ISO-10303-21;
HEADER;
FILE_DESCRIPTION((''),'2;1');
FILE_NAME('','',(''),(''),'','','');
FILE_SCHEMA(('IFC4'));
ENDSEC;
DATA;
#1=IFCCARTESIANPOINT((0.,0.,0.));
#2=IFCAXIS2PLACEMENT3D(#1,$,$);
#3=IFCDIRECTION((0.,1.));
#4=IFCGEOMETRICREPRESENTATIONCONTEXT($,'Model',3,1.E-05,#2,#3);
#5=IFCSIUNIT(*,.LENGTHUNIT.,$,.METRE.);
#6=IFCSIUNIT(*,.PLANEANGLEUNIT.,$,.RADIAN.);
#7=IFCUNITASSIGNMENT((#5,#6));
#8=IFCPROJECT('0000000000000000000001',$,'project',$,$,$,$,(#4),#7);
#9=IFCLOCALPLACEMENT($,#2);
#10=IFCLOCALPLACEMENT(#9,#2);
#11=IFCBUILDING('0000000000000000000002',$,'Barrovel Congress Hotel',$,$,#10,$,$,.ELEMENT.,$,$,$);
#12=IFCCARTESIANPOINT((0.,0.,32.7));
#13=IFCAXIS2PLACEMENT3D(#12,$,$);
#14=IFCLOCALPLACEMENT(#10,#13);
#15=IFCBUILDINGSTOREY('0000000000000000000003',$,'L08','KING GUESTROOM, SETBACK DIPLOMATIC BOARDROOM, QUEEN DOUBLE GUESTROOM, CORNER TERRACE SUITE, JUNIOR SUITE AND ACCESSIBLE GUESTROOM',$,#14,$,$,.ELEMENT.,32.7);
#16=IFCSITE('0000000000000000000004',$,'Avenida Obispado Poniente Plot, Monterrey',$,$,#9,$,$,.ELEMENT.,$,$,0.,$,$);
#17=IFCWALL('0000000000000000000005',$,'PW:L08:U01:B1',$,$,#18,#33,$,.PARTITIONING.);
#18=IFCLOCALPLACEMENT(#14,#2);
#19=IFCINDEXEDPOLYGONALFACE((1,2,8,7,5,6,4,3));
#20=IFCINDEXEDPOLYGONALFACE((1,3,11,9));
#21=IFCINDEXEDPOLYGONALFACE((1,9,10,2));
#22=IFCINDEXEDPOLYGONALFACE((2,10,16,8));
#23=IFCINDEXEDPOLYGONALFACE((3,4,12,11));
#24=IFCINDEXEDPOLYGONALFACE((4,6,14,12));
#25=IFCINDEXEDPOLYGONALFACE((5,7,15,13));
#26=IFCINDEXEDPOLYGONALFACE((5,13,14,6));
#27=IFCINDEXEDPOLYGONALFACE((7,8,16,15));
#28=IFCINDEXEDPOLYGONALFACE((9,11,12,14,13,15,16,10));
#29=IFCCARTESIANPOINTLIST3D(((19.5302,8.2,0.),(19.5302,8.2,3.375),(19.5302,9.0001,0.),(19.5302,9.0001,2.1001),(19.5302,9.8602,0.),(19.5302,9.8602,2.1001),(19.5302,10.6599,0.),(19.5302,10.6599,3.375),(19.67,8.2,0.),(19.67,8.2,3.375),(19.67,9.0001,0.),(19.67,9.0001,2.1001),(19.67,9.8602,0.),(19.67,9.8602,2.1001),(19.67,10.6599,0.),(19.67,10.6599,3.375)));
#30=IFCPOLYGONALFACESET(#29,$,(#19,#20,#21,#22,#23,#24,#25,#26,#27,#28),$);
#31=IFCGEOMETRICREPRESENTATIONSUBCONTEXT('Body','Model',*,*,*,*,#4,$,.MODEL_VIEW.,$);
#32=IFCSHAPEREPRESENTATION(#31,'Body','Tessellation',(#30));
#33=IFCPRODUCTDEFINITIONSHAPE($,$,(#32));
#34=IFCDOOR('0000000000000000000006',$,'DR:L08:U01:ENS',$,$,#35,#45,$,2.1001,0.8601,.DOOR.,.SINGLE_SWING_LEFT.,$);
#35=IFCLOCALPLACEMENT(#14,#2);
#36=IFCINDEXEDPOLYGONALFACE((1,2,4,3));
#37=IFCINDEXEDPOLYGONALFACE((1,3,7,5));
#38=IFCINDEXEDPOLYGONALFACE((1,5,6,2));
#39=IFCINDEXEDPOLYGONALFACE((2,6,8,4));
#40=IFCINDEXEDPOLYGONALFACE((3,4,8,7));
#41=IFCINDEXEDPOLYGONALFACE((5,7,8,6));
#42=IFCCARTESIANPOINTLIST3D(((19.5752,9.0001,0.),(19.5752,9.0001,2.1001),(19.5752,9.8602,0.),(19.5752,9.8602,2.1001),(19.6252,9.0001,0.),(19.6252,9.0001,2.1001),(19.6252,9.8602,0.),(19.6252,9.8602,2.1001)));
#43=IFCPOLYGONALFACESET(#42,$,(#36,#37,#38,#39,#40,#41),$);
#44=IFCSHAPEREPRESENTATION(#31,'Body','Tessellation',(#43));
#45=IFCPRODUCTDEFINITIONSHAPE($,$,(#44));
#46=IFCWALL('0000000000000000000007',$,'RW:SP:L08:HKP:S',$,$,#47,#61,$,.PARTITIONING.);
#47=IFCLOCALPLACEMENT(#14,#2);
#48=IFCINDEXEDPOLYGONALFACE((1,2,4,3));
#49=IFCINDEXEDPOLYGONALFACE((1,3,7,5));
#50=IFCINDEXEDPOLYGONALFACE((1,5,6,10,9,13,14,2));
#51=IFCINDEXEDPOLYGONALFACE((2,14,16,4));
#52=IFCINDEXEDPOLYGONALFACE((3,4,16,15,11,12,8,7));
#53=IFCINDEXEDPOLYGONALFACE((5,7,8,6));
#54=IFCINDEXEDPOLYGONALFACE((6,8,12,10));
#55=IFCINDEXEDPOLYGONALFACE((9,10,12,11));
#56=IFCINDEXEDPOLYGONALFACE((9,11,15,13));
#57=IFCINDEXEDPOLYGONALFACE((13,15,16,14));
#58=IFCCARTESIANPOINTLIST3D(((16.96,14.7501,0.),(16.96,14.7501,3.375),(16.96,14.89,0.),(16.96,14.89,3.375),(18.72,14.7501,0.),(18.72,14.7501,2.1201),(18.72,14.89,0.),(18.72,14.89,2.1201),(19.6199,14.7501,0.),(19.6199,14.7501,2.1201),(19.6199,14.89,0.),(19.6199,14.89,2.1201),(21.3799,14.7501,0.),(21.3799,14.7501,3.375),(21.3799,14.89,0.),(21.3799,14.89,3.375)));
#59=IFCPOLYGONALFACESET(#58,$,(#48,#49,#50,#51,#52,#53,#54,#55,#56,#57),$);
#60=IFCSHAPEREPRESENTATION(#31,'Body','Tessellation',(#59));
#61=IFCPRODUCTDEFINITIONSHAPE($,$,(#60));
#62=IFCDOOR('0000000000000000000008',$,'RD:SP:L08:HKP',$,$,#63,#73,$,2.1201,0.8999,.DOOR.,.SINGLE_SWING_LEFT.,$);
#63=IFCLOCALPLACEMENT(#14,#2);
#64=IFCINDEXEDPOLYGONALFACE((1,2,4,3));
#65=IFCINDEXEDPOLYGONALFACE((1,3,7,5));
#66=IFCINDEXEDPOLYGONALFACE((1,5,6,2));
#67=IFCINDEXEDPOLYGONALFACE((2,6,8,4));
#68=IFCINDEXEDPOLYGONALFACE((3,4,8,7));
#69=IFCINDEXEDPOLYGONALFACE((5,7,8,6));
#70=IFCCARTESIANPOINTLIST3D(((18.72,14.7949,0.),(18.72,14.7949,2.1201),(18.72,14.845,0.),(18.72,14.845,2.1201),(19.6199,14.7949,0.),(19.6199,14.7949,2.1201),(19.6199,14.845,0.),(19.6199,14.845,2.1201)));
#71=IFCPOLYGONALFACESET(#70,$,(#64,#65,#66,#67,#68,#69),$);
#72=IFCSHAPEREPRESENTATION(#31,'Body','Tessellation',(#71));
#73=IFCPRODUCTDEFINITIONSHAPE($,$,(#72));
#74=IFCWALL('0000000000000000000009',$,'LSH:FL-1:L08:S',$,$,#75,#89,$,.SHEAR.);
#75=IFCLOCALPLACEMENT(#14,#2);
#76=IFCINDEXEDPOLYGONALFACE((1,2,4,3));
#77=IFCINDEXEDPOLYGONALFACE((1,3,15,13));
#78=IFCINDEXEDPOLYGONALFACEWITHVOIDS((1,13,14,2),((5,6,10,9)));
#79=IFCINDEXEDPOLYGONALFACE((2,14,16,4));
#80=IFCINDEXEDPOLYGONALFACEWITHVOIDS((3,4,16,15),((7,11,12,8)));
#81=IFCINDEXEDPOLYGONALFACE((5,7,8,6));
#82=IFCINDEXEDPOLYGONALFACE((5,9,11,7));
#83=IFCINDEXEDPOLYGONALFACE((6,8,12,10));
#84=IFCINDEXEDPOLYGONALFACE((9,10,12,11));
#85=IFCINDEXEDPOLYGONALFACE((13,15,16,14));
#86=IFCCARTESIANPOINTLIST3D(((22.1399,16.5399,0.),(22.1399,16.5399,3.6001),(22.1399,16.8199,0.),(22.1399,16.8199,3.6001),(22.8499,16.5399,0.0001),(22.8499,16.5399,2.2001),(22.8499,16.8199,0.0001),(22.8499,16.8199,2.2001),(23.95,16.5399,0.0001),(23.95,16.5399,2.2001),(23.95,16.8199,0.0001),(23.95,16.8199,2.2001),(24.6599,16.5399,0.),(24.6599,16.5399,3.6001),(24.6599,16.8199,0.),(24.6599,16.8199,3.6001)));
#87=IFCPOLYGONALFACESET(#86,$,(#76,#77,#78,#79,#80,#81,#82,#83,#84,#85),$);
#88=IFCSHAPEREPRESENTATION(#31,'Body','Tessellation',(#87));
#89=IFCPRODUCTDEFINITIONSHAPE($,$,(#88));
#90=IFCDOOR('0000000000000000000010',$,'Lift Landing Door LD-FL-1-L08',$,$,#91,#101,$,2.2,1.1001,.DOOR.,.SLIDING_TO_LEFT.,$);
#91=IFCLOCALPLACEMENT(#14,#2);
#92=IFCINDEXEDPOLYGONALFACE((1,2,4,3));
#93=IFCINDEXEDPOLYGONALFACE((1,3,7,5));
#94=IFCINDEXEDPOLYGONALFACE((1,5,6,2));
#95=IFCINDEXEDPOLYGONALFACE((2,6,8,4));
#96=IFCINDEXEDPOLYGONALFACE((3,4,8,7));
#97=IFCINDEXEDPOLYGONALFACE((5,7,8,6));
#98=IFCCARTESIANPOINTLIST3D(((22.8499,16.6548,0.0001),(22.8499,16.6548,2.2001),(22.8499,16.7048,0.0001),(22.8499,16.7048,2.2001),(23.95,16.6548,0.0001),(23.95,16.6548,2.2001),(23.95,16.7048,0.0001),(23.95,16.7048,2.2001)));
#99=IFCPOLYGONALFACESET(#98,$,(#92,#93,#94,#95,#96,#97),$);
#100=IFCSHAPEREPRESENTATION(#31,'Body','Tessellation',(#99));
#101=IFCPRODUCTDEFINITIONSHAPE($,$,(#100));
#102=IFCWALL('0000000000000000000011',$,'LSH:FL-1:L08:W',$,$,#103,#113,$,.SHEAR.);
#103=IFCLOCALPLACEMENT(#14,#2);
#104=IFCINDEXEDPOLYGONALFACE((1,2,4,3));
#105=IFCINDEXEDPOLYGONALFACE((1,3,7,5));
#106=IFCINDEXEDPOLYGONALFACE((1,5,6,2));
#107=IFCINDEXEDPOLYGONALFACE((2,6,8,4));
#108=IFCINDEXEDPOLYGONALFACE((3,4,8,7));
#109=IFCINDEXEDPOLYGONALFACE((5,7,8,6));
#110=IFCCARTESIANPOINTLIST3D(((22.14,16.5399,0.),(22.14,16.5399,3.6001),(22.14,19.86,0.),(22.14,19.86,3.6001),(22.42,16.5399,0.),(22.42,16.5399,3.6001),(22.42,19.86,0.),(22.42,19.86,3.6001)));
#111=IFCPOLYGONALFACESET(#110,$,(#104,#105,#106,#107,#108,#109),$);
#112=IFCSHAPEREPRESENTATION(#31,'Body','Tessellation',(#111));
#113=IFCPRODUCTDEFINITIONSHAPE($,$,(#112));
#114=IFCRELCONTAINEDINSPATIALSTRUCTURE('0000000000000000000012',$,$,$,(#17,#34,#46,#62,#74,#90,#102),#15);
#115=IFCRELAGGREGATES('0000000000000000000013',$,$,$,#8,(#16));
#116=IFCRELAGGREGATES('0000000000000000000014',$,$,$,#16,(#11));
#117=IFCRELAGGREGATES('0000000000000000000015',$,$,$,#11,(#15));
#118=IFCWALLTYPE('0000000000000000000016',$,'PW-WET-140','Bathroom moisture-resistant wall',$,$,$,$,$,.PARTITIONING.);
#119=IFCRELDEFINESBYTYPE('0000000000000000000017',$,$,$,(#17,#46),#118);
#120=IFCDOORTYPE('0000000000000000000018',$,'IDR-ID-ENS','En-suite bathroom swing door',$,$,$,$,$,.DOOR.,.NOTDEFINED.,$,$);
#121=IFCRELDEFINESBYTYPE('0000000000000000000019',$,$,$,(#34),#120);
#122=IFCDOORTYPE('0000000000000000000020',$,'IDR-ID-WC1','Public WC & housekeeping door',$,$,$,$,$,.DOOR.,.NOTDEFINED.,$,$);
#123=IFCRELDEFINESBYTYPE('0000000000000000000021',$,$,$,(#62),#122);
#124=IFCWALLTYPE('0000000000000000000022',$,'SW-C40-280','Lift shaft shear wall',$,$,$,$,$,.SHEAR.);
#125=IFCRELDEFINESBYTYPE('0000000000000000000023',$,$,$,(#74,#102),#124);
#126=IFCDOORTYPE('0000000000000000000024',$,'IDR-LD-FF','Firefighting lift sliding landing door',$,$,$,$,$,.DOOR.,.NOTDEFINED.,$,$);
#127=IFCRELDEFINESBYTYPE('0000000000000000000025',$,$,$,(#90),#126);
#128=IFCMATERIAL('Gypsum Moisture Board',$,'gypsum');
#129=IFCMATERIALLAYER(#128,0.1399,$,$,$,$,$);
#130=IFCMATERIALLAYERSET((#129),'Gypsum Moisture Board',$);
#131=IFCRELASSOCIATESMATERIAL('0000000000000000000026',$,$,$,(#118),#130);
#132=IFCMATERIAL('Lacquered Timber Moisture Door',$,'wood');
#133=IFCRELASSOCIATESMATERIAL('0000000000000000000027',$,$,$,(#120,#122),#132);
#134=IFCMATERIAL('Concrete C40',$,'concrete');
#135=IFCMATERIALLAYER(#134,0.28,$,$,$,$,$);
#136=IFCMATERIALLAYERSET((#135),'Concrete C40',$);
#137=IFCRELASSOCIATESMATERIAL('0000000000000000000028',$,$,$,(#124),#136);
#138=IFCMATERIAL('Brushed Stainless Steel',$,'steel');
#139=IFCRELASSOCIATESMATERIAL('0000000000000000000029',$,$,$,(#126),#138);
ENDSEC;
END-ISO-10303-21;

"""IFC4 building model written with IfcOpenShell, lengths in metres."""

from ifc_helpers import new_model, si_unit, direction, frame, frame_2d, origin, place, context, subcontext, project, spatial, rectangle, extrude, material, layer, layer_set, type_object, element, fill, save


model = new_model("IFC4")

# Units and contexts
model_context = context("Model", 3, precision=1e-05, world=origin(), true_north=direction((0.0, 1.0)))
body_context = subcontext(model_context, "Body", "Model", "MODEL_VIEW")
ifc_project = project(units=[si_unit("LENGTHUNIT", "METRE"), si_unit("PLANEANGLEUNIT", "RADIAN")], contexts=[model_context])

# Site, building, storey
site_placement = place(None, origin())
site = spatial("IfcSite", under=ifc_project, at=site_placement, Name="Avenida Obispado Poniente Plot, Monterrey", CompositionType="ELEMENT", RefElevation=0.0)
building_placement = place(site_placement, origin())
building = spatial("IfcBuilding", under=site, at=building_placement, Name="Barrovel Congress Hotel", CompositionType="ELEMENT")
storey_placement = place(building_placement, frame((0.0, 0.0, 32.7)))
storey = spatial("IfcBuildingStorey", under=building, at=storey_placement, Name="L08", Description="KING GUESTROOM, SETBACK DIPLOMATIC BOARDROOM, QUEEN DOUBLE GUESTROOM, CORNER TERRACE SUITE, JUNIOR SUITE AND ACCESSIBLE GUESTROOM", CompositionType="ELEMENT", Elevation=32.7)

# Shared definitions
ifc_material_1 = material(Name="Concrete C40", Category="concrete")

# Walls, openings, doors
ifc_material_2 = material(Name="Gypsum Moisture Board", Category="gypsum")
ifc_layer_1 = layer(ifc_material_2, 0.1399)
ifc_layer_set_1 = layer_set([ifc_layer_1], Name="Gypsum Moisture Board")
wall_type_1 = type_object("IfcWallType", Name="PW-WET-140", Description="Bathroom moisture-resistant wall", PredefinedType="PARTITIONING", material=ifc_layer_set_1)
wall_1_placement = place(storey_placement, frame((19.6001, 8.2, 0.0), z_axis=(0.0, 0.0, 1.0), x_axis=(0.0, 1.0, 0.0)))
wall_1 = element("IfcWall", 1, at=wall_1_placement, inside=storey, type_object=wall_type_1, Name="PW:L08:U01:B1", PredefinedType="PARTITIONING", context=body_context, shape_type="SweptSolid", body=[
    extrude(rectangle(XDim=2.46, YDim=0.1399, at=frame_2d((1.23, 0.0))), origin(), (0.0, 0.0, 1.0), 3.375),
])
opening_1_placement = place(wall_1_placement, frame((0.8, 0.0, 0.0)))
opening_1 = element("IfcOpeningElement", 2, at=opening_1_placement, cuts=wall_1, PredefinedType="OPENING", context=body_context, shape_type="SweptSolid", body=[
    extrude(rectangle(XDim=0.8601, YDim=2.1001, at=frame_2d((0.4302, 1.05))), frame((0.0, 0.0801, 0.0), z_axis=(0.0, -1.0, 0.0), x_axis=(1.0, 0.0, 0.0)), (0.0, 0.0, 1.0), 0.1599),
])
ifc_material_3 = material(Name="Lacquered Timber Moisture Door", Category="wood")
door_type_1 = type_object("IfcDoorType", Name="IDR-ID-ENS", Description="En-suite bathroom swing door", OperationType="NOTDEFINED", PredefinedType="DOOR", material=ifc_material_3)
door_1_placement = place(opening_1_placement, origin())
door_1 = element("IfcDoor", 3, at=door_1_placement, inside=storey, type_object=door_type_1, Name="DR:L08:U01:ENS", OperationType="SINGLE_SWING_LEFT", OverallHeight=2.1001, OverallWidth=0.8601, PredefinedType="DOOR", context=body_context, shape_type="SweptSolid", body=[
    extrude(rectangle(XDim=0.8601, YDim=2.1001, at=frame_2d((0.4302, 1.05))), frame((0.0, 0.0249, 0.0), z_axis=(0.0, -1.0, 0.0), x_axis=(1.0, 0.0, 0.0)), (0.0, 0.0, 1.0), 0.05),
])
fill(opening_1, door_1)
wall_2_placement = place(storey_placement, frame((16.96, 14.8201, 0.0), z_axis=(0.0, 0.0, 1.0), x_axis=(1.0, 0.0, 0.0)))
wall_2 = element("IfcWall", 4, at=wall_2_placement, inside=storey, type_object=wall_type_1, Name="RW:SP:L08:HKP:S", PredefinedType="PARTITIONING", context=body_context, shape_type="SweptSolid", body=[
    extrude(rectangle(XDim=4.4199, YDim=0.1399, at=frame_2d((2.21, 0.0))), origin(), (0.0, 0.0, 1.0), 3.375),
])
opening_2_placement = place(wall_2_placement, frame((1.76, 0.0, 0.0)))
opening_2 = element("IfcOpeningElement", 5, at=opening_2_placement, cuts=wall_2, PredefinedType="OPENING", context=body_context, shape_type="SweptSolid", body=[
    extrude(rectangle(XDim=0.8999, YDim=2.1201, at=frame_2d((0.45, 1.0601))), frame((0.0, 0.0801, 0.0), z_axis=(0.0, -1.0, 0.0), x_axis=(1.0, 0.0, 0.0)), (0.0, 0.0, 1.0), 0.1599),
])
door_type_2 = type_object("IfcDoorType", Name="IDR-ID-WC1", Description="Public WC & housekeeping door", OperationType="NOTDEFINED", PredefinedType="DOOR", material=ifc_material_3)
door_2_placement = place(opening_2_placement, origin())
door_2 = element("IfcDoor", 6, at=door_2_placement, inside=storey, type_object=door_type_2, Name="RD:SP:L08:HKP", OperationType="SINGLE_SWING_LEFT", OverallHeight=2.1201, OverallWidth=0.8999, PredefinedType="DOOR", context=body_context, shape_type="SweptSolid", body=[
    extrude(rectangle(XDim=0.8999, YDim=2.1201, at=frame_2d((0.45, 1.0601))), frame((0.0, 0.0249, 0.0), z_axis=(0.0, -1.0, 0.0), x_axis=(1.0, 0.0, 0.0)), (0.0, 0.0, 1.0), 0.05),
])
fill(opening_2, door_2)
ifc_layer_2 = layer(ifc_material_1, 0.28)
ifc_layer_set_2 = layer_set([ifc_layer_2], Name="Concrete C40")
wall_type_2 = type_object("IfcWallType", Name="SW-C40-280", Description="Lift shaft shear wall", PredefinedType="SHEAR", material=ifc_layer_set_2)
wall_3_placement = place(storey_placement, frame((22.1399, 16.6799, 0.0), z_axis=(0.0, 0.0, 1.0), x_axis=(1.0, 0.0, 0.0)))
wall_3 = element("IfcWall", 7, at=wall_3_placement, inside=storey, type_object=wall_type_2, Name="LSH:FL-1:L08:S", PredefinedType="SHEAR", context=body_context, shape_type="SweptSolid", body=[
    extrude(rectangle(XDim=2.52, YDim=0.28, at=frame_2d((1.26, 0.0))), origin(), (0.0, 0.0, 1.0), 3.6001),
])
opening_3_placement = place(wall_3_placement, frame((0.71, 0.0, 0.0)))
opening_3 = element("IfcOpeningElement", 8, at=opening_3_placement, cuts=wall_3, PredefinedType="OPENING", context=body_context, shape_type="SweptSolid", body=[
    extrude(rectangle(XDim=1.1001, YDim=2.2, at=frame_2d((0.55, 1.1001))), frame((0.0, 0.1499, 0.0), z_axis=(0.0, -1.0, 0.0), x_axis=(1.0, 0.0, 0.0)), (0.0, 0.0, 1.0), 0.3),
])
ifc_material_4 = material(Name="Brushed Stainless Steel", Category="steel")
door_type_3 = type_object("IfcDoorType", Name="IDR-LD-FF", Description="Firefighting lift sliding landing door", OperationType="NOTDEFINED", PredefinedType="DOOR", material=ifc_material_4)
door_3_placement = place(opening_3_placement, origin())
door_3 = element("IfcDoor", 9, at=door_3_placement, inside=storey, type_object=door_type_3, Name="Lift Landing Door LD-FL-1-L08", OperationType="SLIDING_TO_LEFT", OverallHeight=2.2, OverallWidth=1.1001, PredefinedType="DOOR", context=body_context, shape_type="SweptSolid", body=[
    extrude(rectangle(XDim=1.1001, YDim=2.2, at=frame_2d((0.55, 1.1001))), frame((0.0, 0.0249, 0.0), z_axis=(0.0, -1.0, 0.0), x_axis=(1.0, 0.0, 0.0)), (0.0, 0.0, 1.0), 0.05),
])
fill(opening_3, door_3)

# Wall
wall_4_placement = place(storey_placement, frame((22.28, 19.8601, 0.0), z_axis=(0.0, 0.0, 1.0), x_axis=(0.0, -1.0, 0.0)))
element("IfcWall", 10, at=wall_4_placement, inside=storey, type_object=wall_type_2, Name="LSH:FL-1:L08:W", PredefinedType="SHEAR", context=body_context, shape_type="SweptSolid", body=[
    extrude(rectangle(XDim=3.3201, YDim=0.28, at=frame_2d((1.6602, 0.0))), origin(), (0.0, 0.0, 1.0), 3.6001),
])

save(model, "model.ifc")
